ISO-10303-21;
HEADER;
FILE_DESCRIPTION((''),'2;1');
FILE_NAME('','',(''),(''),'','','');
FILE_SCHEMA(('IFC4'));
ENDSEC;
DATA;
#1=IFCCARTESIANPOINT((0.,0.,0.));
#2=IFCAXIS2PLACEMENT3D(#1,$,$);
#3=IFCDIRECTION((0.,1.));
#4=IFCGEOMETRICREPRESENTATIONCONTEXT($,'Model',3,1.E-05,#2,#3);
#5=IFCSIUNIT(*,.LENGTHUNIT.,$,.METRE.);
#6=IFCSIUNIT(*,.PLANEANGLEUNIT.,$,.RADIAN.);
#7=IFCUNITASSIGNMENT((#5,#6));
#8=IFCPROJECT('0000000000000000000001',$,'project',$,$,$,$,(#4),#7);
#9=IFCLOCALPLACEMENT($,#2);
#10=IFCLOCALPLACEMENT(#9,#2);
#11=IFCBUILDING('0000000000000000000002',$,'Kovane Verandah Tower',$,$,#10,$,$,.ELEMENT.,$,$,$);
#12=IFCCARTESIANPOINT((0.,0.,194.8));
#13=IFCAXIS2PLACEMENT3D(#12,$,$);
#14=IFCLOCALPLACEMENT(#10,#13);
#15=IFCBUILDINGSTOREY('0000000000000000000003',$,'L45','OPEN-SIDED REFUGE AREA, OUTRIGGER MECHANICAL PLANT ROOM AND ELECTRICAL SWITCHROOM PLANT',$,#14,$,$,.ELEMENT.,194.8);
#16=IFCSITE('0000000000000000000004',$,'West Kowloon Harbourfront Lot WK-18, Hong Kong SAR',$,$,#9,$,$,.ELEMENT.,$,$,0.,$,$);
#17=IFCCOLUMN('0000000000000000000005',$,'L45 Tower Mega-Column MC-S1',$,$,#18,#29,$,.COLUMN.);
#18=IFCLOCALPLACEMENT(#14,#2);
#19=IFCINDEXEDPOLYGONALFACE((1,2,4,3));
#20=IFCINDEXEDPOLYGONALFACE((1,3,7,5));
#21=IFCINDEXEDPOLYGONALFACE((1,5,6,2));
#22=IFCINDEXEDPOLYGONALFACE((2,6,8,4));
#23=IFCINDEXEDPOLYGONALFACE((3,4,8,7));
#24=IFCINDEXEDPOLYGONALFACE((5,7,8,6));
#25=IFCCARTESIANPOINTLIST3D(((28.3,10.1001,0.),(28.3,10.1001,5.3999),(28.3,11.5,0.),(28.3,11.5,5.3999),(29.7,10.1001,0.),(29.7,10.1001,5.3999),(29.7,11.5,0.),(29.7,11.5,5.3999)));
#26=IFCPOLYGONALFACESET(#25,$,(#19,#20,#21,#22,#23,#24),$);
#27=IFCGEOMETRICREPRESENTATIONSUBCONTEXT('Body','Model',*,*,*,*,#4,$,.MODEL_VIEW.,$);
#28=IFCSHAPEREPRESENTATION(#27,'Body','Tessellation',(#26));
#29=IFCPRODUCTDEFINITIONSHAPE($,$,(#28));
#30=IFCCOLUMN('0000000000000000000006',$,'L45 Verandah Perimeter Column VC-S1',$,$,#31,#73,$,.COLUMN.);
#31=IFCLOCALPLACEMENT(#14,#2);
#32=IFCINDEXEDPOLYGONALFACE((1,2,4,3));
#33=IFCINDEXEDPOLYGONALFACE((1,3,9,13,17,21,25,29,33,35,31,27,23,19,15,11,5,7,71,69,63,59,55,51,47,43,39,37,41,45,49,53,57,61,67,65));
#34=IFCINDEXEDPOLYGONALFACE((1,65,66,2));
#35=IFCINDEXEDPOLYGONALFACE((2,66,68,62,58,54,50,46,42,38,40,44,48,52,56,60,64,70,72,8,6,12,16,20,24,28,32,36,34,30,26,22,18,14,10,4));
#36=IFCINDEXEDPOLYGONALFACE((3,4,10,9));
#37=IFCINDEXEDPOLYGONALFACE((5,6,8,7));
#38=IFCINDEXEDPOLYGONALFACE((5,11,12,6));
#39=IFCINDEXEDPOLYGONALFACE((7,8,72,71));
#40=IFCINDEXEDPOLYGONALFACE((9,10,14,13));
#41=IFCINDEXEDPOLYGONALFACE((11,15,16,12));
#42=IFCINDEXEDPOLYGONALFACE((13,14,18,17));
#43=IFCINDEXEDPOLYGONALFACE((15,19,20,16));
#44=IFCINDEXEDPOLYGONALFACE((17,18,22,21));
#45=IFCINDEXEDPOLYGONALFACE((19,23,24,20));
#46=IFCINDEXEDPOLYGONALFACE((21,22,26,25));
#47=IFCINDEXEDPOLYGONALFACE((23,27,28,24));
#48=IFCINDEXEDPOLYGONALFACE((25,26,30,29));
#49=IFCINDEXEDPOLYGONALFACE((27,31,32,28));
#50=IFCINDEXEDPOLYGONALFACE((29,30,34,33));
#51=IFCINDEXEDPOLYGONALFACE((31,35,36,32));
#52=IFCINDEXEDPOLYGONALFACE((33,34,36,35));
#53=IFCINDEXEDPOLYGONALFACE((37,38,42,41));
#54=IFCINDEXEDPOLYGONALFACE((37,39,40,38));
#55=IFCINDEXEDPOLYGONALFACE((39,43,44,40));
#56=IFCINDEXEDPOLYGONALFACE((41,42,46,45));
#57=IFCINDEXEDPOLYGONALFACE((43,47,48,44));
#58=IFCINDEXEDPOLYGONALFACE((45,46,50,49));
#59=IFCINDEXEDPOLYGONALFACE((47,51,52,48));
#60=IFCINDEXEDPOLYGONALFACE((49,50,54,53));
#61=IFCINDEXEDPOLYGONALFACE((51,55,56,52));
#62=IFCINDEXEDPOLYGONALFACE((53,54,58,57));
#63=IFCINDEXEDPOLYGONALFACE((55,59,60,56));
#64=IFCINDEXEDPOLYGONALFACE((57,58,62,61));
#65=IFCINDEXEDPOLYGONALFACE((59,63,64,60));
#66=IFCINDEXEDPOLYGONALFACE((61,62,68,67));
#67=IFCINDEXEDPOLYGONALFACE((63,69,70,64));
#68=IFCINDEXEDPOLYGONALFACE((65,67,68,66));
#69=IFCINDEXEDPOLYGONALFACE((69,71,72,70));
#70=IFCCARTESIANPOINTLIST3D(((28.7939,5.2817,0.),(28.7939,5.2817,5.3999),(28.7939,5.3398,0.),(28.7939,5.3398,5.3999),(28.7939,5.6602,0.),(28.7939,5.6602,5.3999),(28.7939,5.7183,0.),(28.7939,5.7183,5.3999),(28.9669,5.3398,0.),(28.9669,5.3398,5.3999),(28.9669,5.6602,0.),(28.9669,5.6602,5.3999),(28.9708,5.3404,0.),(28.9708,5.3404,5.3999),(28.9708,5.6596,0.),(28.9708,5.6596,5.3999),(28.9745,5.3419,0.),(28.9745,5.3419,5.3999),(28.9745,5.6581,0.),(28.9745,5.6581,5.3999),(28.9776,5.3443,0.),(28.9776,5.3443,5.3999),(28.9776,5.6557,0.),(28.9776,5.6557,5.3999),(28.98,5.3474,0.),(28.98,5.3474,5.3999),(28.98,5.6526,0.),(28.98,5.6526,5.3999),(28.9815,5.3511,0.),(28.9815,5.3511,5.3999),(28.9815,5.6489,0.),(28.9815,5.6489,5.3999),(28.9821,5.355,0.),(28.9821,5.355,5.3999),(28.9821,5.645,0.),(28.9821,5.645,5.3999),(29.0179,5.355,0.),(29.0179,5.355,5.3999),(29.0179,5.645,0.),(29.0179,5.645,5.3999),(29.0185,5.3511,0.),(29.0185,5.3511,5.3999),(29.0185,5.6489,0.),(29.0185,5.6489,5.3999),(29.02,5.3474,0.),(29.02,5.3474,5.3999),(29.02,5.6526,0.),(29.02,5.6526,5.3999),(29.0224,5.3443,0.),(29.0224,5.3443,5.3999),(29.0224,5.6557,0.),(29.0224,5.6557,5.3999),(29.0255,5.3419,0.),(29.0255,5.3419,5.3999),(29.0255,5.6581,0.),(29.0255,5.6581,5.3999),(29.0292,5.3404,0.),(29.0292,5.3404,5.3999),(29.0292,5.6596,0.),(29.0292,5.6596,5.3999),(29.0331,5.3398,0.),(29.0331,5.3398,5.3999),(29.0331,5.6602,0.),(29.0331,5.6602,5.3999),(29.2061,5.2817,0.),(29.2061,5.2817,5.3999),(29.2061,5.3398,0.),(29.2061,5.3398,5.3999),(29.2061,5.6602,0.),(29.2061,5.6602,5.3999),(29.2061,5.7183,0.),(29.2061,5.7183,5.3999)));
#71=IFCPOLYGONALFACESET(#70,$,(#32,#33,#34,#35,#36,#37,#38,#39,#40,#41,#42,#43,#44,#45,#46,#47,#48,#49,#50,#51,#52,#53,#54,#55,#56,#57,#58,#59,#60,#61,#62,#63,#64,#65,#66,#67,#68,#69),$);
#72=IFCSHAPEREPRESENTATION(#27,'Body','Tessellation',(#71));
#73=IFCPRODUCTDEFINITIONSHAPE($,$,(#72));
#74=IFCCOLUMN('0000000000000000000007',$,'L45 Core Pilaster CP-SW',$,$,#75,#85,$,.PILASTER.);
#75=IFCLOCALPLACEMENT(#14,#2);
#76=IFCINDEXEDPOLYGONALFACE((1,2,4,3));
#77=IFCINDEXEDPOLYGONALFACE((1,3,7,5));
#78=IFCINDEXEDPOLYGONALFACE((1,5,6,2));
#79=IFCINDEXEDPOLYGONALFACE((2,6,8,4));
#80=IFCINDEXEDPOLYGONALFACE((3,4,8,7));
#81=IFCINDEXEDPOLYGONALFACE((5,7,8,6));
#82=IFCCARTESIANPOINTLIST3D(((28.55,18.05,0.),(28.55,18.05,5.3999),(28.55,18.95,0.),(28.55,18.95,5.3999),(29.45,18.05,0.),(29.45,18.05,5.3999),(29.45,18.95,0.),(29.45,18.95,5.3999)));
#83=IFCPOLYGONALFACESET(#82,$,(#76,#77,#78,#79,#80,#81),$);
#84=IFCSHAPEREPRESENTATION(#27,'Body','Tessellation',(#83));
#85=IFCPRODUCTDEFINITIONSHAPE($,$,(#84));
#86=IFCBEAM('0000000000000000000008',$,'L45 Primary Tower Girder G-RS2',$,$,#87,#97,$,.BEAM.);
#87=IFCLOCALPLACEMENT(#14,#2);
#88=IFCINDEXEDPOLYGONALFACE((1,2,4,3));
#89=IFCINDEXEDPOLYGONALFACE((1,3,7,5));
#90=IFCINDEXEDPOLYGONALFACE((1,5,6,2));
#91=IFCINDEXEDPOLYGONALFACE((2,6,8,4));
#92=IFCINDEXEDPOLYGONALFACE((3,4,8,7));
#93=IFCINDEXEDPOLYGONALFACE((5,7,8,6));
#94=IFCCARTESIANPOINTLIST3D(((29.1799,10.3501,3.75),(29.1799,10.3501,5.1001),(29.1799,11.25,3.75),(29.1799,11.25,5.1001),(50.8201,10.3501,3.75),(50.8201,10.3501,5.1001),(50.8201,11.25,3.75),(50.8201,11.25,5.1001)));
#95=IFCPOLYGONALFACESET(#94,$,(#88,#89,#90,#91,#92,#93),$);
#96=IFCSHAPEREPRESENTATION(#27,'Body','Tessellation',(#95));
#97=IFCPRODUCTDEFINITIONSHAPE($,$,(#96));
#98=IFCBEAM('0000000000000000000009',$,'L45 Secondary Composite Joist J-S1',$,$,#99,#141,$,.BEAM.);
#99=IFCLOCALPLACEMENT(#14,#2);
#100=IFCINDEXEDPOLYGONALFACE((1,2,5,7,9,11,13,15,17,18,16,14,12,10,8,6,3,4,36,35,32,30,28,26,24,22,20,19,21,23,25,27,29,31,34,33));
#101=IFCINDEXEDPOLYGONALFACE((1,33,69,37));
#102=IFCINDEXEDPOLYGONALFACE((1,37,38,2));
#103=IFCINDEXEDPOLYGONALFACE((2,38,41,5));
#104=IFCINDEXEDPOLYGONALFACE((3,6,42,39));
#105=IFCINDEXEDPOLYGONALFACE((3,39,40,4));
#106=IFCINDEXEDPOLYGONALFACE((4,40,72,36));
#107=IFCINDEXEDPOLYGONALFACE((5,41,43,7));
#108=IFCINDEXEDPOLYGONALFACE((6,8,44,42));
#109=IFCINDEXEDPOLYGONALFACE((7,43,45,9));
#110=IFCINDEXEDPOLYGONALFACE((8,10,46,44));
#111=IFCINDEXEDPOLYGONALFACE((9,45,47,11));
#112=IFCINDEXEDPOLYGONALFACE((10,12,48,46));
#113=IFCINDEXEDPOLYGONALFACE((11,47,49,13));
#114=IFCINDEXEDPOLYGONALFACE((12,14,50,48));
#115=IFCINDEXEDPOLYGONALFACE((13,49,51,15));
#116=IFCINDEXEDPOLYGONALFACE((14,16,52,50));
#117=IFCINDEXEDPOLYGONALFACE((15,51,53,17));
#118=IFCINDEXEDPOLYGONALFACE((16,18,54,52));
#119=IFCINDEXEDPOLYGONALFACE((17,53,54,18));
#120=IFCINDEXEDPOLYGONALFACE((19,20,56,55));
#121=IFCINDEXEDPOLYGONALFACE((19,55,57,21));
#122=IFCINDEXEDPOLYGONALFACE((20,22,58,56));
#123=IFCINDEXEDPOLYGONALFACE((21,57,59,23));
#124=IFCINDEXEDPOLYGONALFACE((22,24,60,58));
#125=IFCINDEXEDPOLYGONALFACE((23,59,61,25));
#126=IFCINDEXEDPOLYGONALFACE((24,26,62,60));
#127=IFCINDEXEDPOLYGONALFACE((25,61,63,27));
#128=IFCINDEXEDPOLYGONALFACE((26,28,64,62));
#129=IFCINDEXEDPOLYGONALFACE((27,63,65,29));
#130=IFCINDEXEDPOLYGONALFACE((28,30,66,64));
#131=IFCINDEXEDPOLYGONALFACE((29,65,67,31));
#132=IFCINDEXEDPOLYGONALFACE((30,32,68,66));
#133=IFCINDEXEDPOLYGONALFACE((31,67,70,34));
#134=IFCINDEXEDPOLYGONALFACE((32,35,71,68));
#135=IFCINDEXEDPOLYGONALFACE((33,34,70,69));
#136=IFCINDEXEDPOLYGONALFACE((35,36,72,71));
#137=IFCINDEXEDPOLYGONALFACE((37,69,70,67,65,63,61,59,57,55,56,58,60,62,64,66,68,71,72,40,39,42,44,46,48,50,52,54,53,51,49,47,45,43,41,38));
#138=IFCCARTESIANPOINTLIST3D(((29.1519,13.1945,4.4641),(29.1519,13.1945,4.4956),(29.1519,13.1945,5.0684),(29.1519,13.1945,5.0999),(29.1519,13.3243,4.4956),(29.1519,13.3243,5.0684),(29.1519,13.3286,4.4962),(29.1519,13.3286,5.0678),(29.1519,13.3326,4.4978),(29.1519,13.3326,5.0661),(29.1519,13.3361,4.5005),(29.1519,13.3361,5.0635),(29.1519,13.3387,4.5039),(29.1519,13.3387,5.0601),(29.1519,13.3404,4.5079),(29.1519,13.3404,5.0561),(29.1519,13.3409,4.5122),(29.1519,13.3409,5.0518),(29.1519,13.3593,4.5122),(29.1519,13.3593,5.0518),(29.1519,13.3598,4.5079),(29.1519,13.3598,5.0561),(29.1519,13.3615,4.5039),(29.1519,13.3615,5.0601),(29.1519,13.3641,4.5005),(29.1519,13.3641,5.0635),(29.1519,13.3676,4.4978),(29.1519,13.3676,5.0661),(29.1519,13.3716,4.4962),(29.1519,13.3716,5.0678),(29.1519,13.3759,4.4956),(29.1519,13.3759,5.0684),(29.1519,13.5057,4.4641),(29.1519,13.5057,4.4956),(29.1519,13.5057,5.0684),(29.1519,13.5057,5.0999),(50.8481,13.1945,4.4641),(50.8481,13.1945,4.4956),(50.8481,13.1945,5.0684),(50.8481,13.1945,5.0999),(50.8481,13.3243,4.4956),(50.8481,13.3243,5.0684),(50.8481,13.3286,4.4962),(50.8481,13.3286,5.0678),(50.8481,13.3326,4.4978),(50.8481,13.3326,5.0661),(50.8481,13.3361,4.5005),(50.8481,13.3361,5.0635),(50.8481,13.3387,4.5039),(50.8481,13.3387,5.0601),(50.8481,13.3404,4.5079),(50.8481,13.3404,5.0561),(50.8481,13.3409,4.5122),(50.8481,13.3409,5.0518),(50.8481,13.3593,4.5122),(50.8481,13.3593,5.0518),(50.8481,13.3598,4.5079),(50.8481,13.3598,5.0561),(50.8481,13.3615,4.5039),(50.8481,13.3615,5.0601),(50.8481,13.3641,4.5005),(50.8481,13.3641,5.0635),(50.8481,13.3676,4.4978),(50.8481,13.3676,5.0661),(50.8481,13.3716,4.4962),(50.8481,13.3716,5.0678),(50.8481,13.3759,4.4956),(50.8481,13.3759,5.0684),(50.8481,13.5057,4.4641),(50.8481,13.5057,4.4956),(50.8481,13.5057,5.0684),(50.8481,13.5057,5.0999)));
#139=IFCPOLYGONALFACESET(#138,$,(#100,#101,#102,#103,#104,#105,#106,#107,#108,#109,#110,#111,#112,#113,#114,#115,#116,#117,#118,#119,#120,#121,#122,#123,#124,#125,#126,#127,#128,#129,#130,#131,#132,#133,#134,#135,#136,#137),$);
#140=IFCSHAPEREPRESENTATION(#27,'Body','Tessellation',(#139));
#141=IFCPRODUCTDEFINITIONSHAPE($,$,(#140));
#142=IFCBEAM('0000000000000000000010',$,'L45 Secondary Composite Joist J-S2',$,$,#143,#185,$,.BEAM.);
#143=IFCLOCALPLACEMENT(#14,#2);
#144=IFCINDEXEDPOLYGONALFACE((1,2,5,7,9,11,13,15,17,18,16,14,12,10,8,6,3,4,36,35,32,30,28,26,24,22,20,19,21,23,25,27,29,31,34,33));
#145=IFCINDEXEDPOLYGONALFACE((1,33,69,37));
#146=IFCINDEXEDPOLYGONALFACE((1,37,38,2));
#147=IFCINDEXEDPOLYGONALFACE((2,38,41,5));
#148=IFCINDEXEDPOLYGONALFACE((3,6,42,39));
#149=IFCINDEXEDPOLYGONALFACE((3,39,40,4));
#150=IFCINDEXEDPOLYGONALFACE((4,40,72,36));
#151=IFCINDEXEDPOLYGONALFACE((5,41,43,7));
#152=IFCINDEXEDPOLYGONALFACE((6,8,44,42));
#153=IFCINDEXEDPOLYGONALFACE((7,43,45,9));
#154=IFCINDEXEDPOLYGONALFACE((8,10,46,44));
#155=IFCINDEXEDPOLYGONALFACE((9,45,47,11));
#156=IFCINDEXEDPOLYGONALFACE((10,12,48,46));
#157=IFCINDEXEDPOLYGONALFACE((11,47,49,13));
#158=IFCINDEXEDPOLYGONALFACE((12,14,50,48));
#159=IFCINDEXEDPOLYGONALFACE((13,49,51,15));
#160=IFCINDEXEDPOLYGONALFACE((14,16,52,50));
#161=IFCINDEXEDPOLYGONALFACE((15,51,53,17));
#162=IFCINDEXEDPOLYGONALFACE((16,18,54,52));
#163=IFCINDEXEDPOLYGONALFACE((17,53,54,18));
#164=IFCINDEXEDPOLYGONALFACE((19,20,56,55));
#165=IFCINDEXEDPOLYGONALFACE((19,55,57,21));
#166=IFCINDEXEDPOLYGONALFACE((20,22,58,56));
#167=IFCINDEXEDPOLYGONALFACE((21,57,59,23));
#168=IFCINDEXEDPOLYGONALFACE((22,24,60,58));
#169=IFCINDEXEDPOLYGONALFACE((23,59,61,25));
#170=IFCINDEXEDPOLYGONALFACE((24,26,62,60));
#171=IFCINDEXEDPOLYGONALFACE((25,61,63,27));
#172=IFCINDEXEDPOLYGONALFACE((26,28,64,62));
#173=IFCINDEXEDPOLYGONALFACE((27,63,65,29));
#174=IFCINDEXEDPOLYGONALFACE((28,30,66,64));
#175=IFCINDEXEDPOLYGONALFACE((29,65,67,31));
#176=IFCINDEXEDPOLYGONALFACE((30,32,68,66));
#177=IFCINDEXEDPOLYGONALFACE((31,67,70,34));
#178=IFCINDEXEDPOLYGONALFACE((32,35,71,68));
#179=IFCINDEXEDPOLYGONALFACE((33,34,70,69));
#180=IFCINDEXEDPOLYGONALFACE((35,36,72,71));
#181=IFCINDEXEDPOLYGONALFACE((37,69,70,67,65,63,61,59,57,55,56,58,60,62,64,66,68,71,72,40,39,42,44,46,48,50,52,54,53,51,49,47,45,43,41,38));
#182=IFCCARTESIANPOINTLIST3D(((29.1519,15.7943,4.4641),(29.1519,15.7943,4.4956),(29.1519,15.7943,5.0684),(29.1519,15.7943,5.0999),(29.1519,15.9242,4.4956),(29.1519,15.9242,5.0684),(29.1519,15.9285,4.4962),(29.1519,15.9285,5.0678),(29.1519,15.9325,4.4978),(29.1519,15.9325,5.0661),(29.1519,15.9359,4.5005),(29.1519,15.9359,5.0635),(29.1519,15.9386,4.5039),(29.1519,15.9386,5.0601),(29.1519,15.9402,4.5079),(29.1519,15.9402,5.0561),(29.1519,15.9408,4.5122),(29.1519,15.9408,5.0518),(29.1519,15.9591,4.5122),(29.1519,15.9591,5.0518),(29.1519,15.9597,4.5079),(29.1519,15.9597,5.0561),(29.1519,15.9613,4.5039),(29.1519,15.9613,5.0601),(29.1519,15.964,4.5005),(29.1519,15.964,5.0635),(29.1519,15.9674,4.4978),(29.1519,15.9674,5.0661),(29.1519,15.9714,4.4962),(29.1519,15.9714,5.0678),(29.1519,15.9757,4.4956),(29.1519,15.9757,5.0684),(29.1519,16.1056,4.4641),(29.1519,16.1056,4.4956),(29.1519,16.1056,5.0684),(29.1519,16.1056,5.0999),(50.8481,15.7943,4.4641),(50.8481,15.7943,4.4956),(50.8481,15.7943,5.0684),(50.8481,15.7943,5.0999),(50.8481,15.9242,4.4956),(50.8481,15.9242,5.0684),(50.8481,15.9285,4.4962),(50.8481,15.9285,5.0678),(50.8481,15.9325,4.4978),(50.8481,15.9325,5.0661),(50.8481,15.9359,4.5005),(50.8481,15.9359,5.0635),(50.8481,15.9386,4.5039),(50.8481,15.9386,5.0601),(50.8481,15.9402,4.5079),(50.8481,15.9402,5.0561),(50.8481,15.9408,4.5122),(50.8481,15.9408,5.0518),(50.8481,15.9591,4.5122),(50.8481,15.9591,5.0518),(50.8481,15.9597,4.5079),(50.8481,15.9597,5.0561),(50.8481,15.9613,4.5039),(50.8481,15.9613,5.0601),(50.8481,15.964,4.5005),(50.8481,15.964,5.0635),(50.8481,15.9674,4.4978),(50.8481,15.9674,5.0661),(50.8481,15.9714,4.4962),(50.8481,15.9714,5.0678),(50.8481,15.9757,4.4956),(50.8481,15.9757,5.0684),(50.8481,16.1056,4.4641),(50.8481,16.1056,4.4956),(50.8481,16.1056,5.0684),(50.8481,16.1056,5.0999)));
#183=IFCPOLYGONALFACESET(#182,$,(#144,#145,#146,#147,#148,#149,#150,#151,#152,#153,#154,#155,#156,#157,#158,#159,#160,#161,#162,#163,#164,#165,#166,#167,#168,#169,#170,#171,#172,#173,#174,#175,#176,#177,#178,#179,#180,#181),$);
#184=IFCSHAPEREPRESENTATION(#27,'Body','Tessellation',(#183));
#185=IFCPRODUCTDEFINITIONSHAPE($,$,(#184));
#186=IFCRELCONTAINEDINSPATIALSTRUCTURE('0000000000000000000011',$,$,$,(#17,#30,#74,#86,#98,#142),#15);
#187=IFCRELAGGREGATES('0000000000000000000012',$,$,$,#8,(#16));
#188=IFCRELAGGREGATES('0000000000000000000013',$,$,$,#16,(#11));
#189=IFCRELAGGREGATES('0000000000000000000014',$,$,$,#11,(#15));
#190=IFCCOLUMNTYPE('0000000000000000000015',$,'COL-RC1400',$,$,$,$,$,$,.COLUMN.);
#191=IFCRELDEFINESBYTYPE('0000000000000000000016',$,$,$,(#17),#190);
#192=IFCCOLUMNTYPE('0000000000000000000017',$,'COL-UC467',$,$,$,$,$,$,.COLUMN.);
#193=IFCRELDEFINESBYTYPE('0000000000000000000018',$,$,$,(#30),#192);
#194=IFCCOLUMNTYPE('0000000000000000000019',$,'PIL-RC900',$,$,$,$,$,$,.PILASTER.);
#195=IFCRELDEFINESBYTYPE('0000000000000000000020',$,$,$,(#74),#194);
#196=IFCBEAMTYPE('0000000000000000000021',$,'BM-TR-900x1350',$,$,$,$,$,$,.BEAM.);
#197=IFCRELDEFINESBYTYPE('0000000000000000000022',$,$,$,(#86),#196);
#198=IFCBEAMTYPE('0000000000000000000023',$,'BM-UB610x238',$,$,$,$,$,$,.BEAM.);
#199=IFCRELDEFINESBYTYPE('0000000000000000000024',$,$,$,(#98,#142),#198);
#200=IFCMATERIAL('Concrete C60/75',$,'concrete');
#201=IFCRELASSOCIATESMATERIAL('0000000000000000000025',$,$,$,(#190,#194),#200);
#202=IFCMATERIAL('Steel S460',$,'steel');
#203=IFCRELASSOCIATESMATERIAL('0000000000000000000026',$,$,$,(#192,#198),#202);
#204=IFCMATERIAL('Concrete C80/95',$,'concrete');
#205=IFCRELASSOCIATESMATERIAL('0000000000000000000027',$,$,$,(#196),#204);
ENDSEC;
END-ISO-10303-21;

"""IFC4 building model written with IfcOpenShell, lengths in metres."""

from ifc_helpers import new_model, si_unit, direction, frame, origin, origin_2d, place, context, subcontext, project, spatial, rectangle, i_section, extrude, material, material_profile, profile_set, type_object, element, save


model = new_model("IFC4")

# Units and contexts
model_context = context("Model", 3, precision=1e-05, world=origin(), true_north=direction((0.0, 1.0)))
body_context = subcontext(model_context, "Body", "Model", "MODEL_VIEW")
ifc_project = project(units=[si_unit("LENGTHUNIT", "METRE"), si_unit("PLANEANGLEUNIT", "RADIAN")], contexts=[model_context])

# Site, building, storey
site_placement = place(None, origin())
site = spatial("IfcSite", under=ifc_project, at=site_placement, Name="West Kowloon Harbourfront Lot WK-18, Hong Kong SAR", CompositionType="ELEMENT", RefElevation=0.0)
building_placement = place(site_placement, origin())
building = spatial("IfcBuilding", under=site, at=building_placement, Name="Kovane Verandah Tower", CompositionType="ELEMENT")
storey_placement = place(building_placement, frame((0.0, 0.0, 194.8)))
storey = spatial("IfcBuildingStorey", under=building, at=storey_placement, Name="L45", Description="OPEN-SIDED REFUGE AREA, OUTRIGGER MECHANICAL PLANT ROOM AND ELECTRICAL SWITCHROOM PLANT", CompositionType="ELEMENT", Elevation=194.8)

# Columns
ifc_material_1 = material(Name="Concrete C60/75", Category="concrete")
ifc_material_profile_1 = material_profile(ifc_material_1, rectangle(XDim=1.3999, YDim=1.3999, at=origin_2d()), Name="RC1400x1400")
ifc_profile_set_1 = profile_set([ifc_material_profile_1], Name="Concrete C60/75")
column_type_1 = type_object("IfcColumnType", Name="COL-RC1400", PredefinedType="COLUMN", material=ifc_profile_set_1)
column_1_placement = place(storey_placement, frame((29.0, 10.8, 0.0), z_axis=(0.0, 0.0, 1.0), x_axis=(1.0, 0.0, 0.0)))
element("IfcColumn", 1, at=column_1_placement, inside=storey, type_object=column_type_1, Name="L45 Tower Mega-Column MC-S1", PredefinedType="COLUMN", context=body_context, shape_type="SweptSolid", body=[
    extrude(rectangle(XDim=1.3999, YDim=1.3999, at=origin_2d()), origin(), (0.0, 0.0, 1.0), 5.3999),
])
ifc_material_2 = material(Name="Steel S460", Category="steel")
ifc_material_profile_2 = material_profile(ifc_material_2, i_section(OverallWidth=0.4121, OverallDepth=0.4365, WebThickness=0.0359, FlangeThickness=0.0581, FilletRadius=0.0151, at=origin_2d()), Name="UC356x406x467")
ifc_profile_set_2 = profile_set([ifc_material_profile_2], Name="Steel S460")
column_type_2 = type_object("IfcColumnType", Name="COL-UC467", PredefinedType="COLUMN", material=ifc_profile_set_2)
column_2_placement = place(storey_placement, frame((29.0, 5.5, 0.0), z_axis=(0.0, 0.0, 1.0), x_axis=(1.0, 0.0, 0.0)))
element("IfcColumn", 2, at=column_2_placement, inside=storey, type_object=column_type_2, Name="L45 Verandah Perimeter Column VC-S1", PredefinedType="COLUMN", context=body_context, shape_type="SweptSolid", body=[
    extrude(i_section(OverallWidth=0.4121, OverallDepth=0.4365, WebThickness=0.0359, FlangeThickness=0.0581, FilletRadius=0.0151, at=origin_2d()), origin(), (0.0, 0.0, 1.0), 5.3999),
])
ifc_material_profile_3 = material_profile(ifc_material_1, rectangle(XDim=0.8999, YDim=0.8999, at=origin_2d()), Name="RC900x900")
ifc_profile_set_3 = profile_set([ifc_material_profile_3], Name="Concrete C60/75")
column_type_3 = type_object("IfcColumnType", Name="PIL-RC900", PredefinedType="PILASTER", material=ifc_profile_set_3)
column_3_placement = place(storey_placement, frame((29.0, 18.5, 0.0), z_axis=(0.0, 0.0, 1.0), x_axis=(1.0, 0.0, 0.0)))
element("IfcColumn", 3, at=column_3_placement, inside=storey, type_object=column_type_3, Name="L45 Core Pilaster CP-SW", PredefinedType="PILASTER", context=body_context, shape_type="SweptSolid", body=[
    extrude(rectangle(XDim=0.8999, YDim=0.8999, at=origin_2d()), origin(), (0.0, 0.0, 1.0), 5.3999),
])

# Beams
ifc_material_3 = material(Name="Concrete C80/95", Category="concrete")
ifc_material_profile_4 = material_profile(ifc_material_3, rectangle(XDim=0.8999, YDim=1.3501, at=origin_2d()), Name="RCB900x1350")
ifc_profile_set_4 = profile_set([ifc_material_profile_4], Name="Concrete C80/95")
beam_type_1 = type_object("IfcBeamType", Name="BM-TR-900x1350", PredefinedType="BEAM", material=ifc_profile_set_4)
beam_1_placement = place(storey_placement, frame((29.1799, 10.8, 4.425), z_axis=(1.0, 0.0, 0.0), x_axis=(0.0, 1.0, 0.0)))
element("IfcBeam", 4, at=beam_1_placement, inside=storey, type_object=beam_type_1, Name="L45 Primary Tower Girder G-RS2", PredefinedType="BEAM", context=body_context, shape_type="SweptSolid", body=[
    extrude(rectangle(XDim=0.8999, YDim=1.3501, at=origin_2d()), origin(), (0.0, 0.0, 1.0), 21.6401),
])
ifc_material_profile_5 = material_profile(ifc_material_2, i_section(OverallWidth=0.3113, OverallDepth=0.6357, WebThickness=0.0183, FlangeThickness=0.0315, FilletRadius=0.0166, at=origin_2d()), Name="UB610x305x238")
ifc_profile_set_5 = profile_set([ifc_material_profile_5], Name="Steel S460")
beam_type_2 = type_object("IfcBeamType", Name="BM-UB610x238", PredefinedType="BEAM", material=ifc_profile_set_5)
for number, where, z_axis, x_axis, name in (
    (5, (29.1519, 13.3501, 4.782), (1.0, 0.0, 0.0), (0.0, 1.0, 0.0), "L45 Secondary Composite Joist J-S1"),
    (6, (29.1519, 15.95, 4.782), (1.0, 0.0, 0.0), (0.0, 1.0, 0.0), "L45 Secondary Composite Joist J-S2"),
):
    element("IfcBeam", number, at=place(storey_placement, frame(where, z_axis=z_axis, x_axis=x_axis)), inside=storey, type_object=beam_type_2, Name=name, PredefinedType="BEAM", context=body_context, shape_type="SweptSolid", body=[
        extrude(i_section(OverallWidth=0.3113, OverallDepth=0.6357, WebThickness=0.0183, FlangeThickness=0.0315, FilletRadius=0.0166, at=origin_2d()), origin(), (0.0, 0.0, 1.0), 21.6963),
    ])

save(model, "model.ifc")
